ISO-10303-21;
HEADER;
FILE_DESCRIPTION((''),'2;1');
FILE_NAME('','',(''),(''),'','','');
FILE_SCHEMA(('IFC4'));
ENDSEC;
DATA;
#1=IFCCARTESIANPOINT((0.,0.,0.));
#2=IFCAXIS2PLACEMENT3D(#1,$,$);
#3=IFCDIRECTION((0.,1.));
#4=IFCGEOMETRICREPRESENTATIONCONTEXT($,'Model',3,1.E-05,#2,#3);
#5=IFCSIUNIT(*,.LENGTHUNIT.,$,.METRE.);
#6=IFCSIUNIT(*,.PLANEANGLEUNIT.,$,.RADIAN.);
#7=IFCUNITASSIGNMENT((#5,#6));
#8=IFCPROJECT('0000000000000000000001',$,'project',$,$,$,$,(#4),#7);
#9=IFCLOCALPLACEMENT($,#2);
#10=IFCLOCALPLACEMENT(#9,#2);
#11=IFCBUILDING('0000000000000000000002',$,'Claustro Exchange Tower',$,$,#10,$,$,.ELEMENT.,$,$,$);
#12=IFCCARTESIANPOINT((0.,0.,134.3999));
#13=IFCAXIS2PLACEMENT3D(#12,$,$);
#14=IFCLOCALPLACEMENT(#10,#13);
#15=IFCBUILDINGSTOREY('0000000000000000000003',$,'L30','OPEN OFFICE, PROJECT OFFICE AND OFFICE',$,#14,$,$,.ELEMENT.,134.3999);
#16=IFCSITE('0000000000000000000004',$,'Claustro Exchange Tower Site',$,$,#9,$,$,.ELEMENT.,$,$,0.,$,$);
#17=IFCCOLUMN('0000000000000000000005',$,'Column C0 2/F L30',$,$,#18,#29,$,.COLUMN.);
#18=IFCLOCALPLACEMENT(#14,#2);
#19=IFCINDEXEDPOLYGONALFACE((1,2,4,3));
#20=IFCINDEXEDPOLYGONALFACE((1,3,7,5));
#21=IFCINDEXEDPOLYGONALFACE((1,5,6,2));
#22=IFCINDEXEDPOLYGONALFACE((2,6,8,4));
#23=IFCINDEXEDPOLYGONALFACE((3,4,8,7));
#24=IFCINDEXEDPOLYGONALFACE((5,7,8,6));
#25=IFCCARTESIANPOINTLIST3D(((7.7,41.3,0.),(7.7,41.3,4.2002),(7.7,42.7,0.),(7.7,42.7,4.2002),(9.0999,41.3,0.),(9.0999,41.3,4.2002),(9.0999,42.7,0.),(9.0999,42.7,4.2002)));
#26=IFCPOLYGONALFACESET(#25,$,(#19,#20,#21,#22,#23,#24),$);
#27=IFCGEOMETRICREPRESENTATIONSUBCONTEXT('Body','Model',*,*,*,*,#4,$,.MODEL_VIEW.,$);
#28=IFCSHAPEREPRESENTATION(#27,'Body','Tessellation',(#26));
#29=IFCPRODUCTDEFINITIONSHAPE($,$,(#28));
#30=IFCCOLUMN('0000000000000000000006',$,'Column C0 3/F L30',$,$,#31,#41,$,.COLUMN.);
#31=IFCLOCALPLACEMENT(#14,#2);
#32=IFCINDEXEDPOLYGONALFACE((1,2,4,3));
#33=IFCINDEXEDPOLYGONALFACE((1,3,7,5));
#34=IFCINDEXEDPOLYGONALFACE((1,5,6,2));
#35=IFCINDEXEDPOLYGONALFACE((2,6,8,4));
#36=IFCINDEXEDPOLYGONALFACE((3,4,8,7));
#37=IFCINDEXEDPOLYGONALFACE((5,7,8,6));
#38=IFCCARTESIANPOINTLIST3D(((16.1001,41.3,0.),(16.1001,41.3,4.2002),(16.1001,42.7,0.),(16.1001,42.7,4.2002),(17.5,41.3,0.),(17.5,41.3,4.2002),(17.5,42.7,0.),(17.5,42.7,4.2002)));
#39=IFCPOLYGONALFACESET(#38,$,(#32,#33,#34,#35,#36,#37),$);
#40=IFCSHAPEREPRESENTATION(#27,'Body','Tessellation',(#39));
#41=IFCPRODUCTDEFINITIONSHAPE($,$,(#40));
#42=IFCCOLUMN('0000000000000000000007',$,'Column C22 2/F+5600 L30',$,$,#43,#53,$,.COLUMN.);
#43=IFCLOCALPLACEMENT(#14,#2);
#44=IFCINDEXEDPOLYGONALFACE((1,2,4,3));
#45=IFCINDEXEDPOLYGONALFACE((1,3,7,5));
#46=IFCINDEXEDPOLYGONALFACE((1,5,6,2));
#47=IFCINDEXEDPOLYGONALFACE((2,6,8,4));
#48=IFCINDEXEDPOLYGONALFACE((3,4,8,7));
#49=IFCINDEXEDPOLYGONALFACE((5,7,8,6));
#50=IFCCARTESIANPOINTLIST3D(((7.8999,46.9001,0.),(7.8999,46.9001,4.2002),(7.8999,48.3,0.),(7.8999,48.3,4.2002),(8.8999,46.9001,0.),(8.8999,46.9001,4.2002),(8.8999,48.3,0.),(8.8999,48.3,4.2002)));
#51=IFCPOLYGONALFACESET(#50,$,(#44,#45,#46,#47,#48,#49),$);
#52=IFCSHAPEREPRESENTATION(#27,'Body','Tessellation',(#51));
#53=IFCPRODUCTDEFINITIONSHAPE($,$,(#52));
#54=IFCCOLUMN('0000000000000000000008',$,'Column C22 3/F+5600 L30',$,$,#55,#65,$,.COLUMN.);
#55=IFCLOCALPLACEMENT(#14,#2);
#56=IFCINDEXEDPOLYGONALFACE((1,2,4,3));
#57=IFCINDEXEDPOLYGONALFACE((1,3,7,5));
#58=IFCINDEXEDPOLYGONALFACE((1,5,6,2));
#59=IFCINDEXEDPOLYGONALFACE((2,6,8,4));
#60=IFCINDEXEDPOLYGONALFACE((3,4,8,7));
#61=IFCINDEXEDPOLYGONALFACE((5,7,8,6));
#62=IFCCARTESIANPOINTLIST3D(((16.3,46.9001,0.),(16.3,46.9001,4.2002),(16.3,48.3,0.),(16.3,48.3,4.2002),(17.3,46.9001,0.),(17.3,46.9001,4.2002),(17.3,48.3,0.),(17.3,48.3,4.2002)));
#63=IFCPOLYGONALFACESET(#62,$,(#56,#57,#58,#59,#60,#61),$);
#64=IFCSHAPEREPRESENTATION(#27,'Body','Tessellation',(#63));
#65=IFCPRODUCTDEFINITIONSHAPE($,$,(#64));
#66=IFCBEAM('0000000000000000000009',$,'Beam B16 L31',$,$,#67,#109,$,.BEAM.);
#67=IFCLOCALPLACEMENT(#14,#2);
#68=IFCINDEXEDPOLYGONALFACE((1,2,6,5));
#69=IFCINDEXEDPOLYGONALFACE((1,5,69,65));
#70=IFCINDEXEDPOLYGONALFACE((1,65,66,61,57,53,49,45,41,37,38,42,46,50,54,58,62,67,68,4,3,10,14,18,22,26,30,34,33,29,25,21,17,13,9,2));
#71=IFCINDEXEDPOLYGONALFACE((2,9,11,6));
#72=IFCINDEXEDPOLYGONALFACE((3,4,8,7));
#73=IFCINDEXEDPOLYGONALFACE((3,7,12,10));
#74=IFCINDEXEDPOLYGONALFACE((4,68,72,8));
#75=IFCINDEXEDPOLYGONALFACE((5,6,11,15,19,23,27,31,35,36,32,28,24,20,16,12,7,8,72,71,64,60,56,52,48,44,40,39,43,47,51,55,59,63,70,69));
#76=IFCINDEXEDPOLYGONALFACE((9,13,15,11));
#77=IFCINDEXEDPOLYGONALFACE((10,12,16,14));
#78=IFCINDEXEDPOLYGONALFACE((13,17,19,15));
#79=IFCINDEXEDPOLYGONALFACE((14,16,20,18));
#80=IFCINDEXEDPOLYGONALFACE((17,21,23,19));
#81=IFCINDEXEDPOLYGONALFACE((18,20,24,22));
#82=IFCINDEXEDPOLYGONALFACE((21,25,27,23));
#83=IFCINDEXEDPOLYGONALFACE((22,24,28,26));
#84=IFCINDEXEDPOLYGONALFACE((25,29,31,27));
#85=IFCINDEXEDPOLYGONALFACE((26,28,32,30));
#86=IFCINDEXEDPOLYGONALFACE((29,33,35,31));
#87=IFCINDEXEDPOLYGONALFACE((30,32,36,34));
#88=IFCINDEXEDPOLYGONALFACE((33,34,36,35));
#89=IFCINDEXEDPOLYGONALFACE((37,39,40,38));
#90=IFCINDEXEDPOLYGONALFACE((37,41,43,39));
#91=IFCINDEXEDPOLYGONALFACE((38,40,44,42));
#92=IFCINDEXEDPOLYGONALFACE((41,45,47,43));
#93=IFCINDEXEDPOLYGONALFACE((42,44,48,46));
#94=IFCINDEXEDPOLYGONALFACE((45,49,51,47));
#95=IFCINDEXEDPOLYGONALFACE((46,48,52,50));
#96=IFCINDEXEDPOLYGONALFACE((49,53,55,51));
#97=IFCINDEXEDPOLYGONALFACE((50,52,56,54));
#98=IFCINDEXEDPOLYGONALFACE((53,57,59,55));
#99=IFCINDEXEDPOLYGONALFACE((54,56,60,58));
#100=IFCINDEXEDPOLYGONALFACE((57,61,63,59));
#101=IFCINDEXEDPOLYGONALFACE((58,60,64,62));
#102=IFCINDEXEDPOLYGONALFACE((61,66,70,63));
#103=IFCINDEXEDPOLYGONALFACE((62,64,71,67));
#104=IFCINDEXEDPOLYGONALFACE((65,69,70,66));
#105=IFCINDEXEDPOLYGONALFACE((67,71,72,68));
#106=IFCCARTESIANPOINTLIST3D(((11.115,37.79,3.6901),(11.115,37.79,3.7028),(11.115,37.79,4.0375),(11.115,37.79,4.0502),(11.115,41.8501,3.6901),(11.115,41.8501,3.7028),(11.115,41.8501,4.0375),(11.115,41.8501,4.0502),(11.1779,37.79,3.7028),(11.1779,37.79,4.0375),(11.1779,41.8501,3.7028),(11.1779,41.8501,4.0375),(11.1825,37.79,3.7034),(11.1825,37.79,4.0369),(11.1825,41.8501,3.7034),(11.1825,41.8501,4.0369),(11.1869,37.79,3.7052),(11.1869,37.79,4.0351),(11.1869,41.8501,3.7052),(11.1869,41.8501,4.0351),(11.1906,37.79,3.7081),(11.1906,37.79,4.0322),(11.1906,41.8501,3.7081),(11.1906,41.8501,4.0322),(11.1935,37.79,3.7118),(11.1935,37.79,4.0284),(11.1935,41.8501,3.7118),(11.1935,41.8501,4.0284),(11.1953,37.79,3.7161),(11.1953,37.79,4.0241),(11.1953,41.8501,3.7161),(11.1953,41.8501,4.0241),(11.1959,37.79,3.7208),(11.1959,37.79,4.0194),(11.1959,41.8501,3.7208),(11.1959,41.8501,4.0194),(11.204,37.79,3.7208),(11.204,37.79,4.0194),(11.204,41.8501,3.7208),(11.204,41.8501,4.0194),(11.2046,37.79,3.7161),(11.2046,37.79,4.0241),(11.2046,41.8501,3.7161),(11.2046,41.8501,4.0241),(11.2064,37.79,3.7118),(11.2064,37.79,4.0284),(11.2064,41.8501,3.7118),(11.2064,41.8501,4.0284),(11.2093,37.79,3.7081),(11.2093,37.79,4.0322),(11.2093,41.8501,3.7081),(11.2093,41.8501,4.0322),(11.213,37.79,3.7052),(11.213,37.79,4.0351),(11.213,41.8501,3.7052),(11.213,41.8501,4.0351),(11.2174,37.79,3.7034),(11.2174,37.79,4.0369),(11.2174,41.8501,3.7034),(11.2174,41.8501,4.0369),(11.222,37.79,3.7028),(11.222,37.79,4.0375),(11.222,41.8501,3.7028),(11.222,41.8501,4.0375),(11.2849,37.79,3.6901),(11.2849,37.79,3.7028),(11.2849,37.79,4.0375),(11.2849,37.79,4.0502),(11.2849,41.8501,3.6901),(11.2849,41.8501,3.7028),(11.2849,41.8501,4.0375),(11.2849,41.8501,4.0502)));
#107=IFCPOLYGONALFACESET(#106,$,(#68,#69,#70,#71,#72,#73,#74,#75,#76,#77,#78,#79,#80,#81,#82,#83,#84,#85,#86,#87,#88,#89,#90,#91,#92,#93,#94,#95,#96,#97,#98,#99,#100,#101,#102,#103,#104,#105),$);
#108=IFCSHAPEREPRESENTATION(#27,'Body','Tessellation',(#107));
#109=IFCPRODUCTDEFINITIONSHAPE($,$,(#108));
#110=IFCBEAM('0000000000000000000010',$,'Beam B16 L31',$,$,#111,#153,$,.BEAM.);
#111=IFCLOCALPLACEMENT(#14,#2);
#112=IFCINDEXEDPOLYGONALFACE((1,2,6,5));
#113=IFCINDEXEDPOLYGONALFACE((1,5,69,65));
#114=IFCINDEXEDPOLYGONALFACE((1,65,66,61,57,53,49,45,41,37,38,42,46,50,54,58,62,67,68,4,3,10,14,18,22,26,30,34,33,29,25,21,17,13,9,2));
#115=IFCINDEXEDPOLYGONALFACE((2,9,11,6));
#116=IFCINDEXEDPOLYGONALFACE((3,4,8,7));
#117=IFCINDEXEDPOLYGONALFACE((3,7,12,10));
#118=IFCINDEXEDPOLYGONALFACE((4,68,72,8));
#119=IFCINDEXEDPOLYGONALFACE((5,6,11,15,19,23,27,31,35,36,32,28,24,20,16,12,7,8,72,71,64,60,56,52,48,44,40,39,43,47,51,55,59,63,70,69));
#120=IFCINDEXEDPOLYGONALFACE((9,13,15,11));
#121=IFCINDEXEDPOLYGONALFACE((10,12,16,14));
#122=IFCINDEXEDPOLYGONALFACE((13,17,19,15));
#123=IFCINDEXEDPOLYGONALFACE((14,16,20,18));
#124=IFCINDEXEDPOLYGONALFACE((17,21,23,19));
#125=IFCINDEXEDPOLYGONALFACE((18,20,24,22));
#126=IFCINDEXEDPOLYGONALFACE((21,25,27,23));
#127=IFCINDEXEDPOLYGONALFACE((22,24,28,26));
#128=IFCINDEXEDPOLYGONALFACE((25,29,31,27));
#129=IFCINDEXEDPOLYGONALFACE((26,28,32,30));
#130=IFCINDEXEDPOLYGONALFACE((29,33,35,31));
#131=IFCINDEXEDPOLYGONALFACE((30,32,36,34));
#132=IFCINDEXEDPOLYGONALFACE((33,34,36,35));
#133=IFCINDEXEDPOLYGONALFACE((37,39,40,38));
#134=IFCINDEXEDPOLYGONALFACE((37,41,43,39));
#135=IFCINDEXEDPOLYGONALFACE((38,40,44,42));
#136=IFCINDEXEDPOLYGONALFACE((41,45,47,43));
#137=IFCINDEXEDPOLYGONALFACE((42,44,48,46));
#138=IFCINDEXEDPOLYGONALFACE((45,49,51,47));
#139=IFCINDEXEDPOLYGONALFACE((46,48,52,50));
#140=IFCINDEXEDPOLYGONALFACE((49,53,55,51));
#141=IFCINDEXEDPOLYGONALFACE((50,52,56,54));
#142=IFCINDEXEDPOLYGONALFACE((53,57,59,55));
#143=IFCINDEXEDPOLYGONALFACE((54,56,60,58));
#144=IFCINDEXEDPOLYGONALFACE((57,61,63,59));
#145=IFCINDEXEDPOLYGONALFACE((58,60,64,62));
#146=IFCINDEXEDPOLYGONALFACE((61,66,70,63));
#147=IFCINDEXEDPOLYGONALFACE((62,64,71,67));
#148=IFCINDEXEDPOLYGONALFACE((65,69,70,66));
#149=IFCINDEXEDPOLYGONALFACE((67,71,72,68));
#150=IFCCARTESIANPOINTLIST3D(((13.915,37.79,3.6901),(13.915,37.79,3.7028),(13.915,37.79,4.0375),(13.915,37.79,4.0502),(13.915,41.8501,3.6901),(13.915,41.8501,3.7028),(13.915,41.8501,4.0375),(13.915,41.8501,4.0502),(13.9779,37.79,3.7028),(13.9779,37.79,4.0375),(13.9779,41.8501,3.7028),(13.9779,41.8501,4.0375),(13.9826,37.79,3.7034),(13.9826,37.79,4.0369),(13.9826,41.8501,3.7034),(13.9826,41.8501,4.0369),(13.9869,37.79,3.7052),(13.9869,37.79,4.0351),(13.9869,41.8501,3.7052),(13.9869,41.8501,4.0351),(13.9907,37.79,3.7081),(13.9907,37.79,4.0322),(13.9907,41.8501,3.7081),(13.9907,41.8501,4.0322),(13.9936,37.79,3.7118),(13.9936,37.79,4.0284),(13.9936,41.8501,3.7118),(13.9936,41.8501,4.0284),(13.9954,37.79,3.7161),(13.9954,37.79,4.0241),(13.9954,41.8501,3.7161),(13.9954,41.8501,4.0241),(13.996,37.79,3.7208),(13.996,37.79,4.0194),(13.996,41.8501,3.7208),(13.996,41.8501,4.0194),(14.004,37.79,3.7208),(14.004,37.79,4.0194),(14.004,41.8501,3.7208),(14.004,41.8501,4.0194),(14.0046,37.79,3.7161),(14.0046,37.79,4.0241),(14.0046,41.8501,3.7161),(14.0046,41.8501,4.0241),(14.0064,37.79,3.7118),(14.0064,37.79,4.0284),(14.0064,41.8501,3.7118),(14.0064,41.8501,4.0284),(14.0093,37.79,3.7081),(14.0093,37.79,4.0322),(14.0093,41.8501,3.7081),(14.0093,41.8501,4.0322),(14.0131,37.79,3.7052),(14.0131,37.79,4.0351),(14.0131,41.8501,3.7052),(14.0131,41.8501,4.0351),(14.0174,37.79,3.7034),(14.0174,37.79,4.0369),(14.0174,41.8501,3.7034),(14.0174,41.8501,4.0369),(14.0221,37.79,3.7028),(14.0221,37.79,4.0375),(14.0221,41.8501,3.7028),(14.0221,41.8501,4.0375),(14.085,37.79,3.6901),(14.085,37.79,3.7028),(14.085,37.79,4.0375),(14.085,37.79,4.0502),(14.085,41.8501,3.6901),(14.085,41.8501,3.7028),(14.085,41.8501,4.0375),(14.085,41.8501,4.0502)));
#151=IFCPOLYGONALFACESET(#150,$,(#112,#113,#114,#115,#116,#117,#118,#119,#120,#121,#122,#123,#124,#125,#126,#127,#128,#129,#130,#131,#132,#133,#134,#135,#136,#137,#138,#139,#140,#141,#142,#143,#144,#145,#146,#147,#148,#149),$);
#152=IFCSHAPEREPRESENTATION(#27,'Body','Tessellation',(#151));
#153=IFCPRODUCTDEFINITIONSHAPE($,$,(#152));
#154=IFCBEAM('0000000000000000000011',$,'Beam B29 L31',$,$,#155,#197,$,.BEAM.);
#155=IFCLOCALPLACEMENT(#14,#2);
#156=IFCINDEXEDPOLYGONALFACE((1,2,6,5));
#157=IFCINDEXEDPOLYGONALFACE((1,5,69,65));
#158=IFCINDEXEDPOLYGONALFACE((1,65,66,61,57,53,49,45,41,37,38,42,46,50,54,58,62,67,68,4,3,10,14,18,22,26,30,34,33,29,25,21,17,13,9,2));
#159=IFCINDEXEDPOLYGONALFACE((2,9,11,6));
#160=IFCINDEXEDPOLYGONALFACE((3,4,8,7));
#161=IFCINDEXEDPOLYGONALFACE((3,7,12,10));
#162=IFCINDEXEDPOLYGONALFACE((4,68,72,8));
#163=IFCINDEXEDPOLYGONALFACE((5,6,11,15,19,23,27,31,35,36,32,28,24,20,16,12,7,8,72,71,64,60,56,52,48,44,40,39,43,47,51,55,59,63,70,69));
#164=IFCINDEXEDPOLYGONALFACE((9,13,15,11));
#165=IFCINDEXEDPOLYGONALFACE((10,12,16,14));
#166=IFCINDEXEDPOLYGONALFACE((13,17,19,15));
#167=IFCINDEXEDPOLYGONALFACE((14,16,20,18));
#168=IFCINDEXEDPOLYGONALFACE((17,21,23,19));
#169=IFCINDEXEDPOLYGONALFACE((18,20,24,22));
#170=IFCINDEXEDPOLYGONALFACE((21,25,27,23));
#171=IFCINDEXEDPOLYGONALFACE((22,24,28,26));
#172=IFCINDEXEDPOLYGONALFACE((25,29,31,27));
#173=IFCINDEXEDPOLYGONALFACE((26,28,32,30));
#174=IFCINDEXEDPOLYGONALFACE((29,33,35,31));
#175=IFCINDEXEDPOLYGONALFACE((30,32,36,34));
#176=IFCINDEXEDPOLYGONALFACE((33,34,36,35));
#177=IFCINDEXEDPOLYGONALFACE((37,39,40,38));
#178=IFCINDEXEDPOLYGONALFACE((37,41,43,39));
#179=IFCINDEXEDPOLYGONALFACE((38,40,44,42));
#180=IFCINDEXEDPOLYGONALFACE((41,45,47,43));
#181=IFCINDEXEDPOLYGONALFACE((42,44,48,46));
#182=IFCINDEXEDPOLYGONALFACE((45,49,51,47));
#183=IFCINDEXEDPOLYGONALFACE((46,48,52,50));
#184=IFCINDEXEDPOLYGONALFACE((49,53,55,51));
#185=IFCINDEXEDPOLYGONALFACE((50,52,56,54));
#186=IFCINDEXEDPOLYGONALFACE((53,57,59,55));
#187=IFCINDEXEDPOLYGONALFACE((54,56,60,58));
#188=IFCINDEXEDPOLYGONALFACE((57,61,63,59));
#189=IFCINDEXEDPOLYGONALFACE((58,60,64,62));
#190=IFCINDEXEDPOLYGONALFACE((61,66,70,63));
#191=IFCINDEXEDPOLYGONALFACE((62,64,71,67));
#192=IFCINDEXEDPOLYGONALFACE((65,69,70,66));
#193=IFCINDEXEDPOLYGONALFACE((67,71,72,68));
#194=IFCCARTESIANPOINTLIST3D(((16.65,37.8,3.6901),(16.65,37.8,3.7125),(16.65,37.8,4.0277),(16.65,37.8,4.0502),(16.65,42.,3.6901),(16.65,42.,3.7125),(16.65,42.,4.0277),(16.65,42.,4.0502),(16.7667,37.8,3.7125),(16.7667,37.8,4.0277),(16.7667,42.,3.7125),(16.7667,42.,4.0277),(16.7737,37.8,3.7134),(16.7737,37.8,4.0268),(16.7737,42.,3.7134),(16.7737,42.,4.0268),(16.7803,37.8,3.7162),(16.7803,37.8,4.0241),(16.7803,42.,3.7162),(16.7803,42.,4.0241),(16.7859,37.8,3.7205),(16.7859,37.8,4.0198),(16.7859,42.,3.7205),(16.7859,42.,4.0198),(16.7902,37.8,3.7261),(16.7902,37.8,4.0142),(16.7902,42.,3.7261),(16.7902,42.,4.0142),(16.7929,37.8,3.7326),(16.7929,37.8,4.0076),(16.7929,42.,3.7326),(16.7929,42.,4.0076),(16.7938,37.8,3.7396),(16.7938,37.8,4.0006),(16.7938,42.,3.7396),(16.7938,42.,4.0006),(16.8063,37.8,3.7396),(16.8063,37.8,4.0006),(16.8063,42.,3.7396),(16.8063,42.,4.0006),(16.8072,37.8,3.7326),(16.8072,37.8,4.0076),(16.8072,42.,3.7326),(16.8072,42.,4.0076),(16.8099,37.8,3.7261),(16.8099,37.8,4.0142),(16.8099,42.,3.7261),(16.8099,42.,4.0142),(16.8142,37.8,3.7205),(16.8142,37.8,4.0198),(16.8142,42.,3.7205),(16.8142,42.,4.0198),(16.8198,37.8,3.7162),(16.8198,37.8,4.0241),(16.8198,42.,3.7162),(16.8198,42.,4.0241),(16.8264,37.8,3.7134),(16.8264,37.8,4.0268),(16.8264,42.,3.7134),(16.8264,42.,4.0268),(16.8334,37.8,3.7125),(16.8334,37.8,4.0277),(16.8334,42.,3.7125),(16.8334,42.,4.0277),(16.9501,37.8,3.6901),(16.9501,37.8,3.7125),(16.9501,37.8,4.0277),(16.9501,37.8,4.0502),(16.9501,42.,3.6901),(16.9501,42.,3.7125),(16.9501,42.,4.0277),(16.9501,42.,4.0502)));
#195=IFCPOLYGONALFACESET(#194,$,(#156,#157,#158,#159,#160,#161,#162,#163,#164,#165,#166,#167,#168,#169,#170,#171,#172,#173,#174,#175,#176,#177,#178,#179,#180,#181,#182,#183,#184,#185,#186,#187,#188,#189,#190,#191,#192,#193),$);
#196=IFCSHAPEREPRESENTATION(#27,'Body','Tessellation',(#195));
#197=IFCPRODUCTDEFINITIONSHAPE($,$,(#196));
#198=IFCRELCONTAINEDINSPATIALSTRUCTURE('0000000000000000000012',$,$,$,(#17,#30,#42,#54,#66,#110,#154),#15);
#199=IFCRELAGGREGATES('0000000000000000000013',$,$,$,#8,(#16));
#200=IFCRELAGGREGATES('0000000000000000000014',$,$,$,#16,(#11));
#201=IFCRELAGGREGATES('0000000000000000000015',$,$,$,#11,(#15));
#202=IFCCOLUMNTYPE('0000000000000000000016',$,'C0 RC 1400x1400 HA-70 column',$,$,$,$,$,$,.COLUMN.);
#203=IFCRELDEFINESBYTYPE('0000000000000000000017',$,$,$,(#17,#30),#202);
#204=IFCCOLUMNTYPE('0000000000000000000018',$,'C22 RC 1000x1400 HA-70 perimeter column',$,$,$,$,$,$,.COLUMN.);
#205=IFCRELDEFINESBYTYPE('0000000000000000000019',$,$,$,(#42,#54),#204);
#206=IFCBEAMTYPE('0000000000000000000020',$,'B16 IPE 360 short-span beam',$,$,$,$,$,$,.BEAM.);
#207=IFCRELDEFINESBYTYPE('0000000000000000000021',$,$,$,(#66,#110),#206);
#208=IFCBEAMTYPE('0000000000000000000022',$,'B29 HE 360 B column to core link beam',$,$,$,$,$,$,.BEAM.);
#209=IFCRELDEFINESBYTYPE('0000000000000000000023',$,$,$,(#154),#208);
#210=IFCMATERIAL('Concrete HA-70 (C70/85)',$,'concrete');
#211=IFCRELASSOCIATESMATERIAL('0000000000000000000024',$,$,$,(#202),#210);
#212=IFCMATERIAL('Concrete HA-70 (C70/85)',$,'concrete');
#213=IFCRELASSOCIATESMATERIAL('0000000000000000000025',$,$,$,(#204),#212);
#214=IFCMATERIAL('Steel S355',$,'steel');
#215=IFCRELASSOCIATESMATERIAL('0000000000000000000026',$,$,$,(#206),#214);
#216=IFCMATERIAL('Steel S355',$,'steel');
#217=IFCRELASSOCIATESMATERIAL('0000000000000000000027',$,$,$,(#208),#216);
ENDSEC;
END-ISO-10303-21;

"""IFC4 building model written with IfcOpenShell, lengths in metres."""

from ifc_helpers import new_model, si_unit, direction, frame, origin, origin_2d, place, context, subcontext, project, spatial, rectangle, i_section, extrude, material, material_profile, profile_set, type_object, element, save


model = new_model("IFC4")

# Units and contexts
model_context = context("Model", 3, precision=1e-05, world=origin(), true_north=direction((0.0, 1.0)))
body_context = subcontext(model_context, "Body", "Model", "MODEL_VIEW")
ifc_project = project(units=[si_unit("LENGTHUNIT", "METRE"), si_unit("PLANEANGLEUNIT", "RADIAN")], contexts=[model_context])

# Site, building, storey
site_placement = place(None, origin())
site = spatial("IfcSite", under=ifc_project, at=site_placement, Name="Claustro Exchange Tower Site", CompositionType="ELEMENT", RefElevation=0.0)
building_placement = place(site_placement, origin())
building = spatial("IfcBuilding", under=site, at=building_placement, Name="Claustro Exchange Tower", CompositionType="ELEMENT")
storey_placement = place(building_placement, frame((0.0, 0.0, 134.3999)))
storey = spatial("IfcBuildingStorey", under=building, at=storey_placement, Name="L30", Description="OPEN OFFICE, PROJECT OFFICE AND OFFICE", CompositionType="ELEMENT", Elevation=134.3999)

# Columns
ifc_material_1 = material(Name="Concrete HA-70 (C70/85)", Category="concrete")
ifc_material_profile_1 = material_profile(ifc_material_1, rectangle(XDim=1.3999, YDim=1.3999, at=origin_2d()), Name="RC 1400x1400")
ifc_profile_set_1 = profile_set([ifc_material_profile_1], Name="Concrete HA-70 (C70/85)")
column_type_1 = type_object("IfcColumnType", Name="C0 RC 1400x1400 HA-70 column", PredefinedType="COLUMN", material=ifc_profile_set_1)
for number, where, z_axis, x_axis, name in (
    (1, (8.3999, 42.0, 0.0), (0.0, 0.0, 1.0), (1.0, 0.0, 0.0), "Column C0 2/F L30"),
    (2, (16.8, 42.0, 0.0), (0.0, 0.0, 1.0), (1.0, 0.0, 0.0), "Column C0 3/F L30"),
):
    element("IfcColumn", number, at=place(storey_placement, frame(where, z_axis=z_axis, x_axis=x_axis)), inside=storey, type_object=column_type_1, Name=name, PredefinedType="COLUMN", context=body_context, shape_type="SweptSolid", body=[
        extrude(rectangle(XDim=1.3999, YDim=1.3999, at=origin_2d()), origin(), (0.0, 0.0, 1.0), 4.2002),
    ])
ifc_material_2 = material(Name="Concrete HA-70 (C70/85)", Category="concrete")
ifc_material_profile_2 = material_profile(ifc_material_2, rectangle(XDim=1.0, YDim=1.3999, at=origin_2d()), Name="RC 1000x1400")
ifc_profile_set_2 = profile_set([ifc_material_profile_2], Name="Concrete HA-70 (C70/85)")
column_type_2 = type_object("IfcColumnType", Name="C22 RC 1000x1400 HA-70 perimeter column", PredefinedType="COLUMN", material=ifc_profile_set_2)
for number, where, z_axis, x_axis, name in (
    (3, (8.3999, 47.6001, 0.0), (0.0, 0.0, 1.0), (1.0, 0.0, 0.0), "Column C22 2/F+5600 L30"),
    (4, (16.8, 47.6001, 0.0), (0.0, 0.0, 1.0), (1.0, 0.0, 0.0), "Column C22 3/F+5600 L30"),
):
    element("IfcColumn", number, at=place(storey_placement, frame(where, z_axis=z_axis, x_axis=x_axis)), inside=storey, type_object=column_type_2, Name=name, PredefinedType="COLUMN", context=body_context, shape_type="SweptSolid", body=[
        extrude(rectangle(XDim=1.0, YDim=1.3999, at=origin_2d()), origin(), (0.0, 0.0, 1.0), 4.2002),
    ])

# Beams
ifc_material_3 = material(Name="Steel S355", Category="steel")
ifc_material_profile_3 = material_profile(ifc_material_3, i_section(OverallWidth=0.1699, OverallDepth=0.3601, WebThickness=0.0081, FlangeThickness=0.0127, FilletRadius=0.0181, at=origin_2d()), Name="IPE 360")
ifc_profile_set_3 = profile_set([ifc_material_profile_3], Name="Steel S355")
beam_type_1 = type_object("IfcBeamType", Name="B16 IPE 360 short-span beam", PredefinedType="BEAM", material=ifc_profile_set_3)
for number, where, z_axis, x_axis, name in (
    (5, (11.2, 37.79, 3.8701), (0.0, 1.0, 0.0), (-1.0, 0.0, 0.0), "Beam B16 L31"),
    (6, (14.0, 37.79, 3.8701), (0.0, 1.0, 0.0), (-1.0, 0.0, 0.0), "Beam B16 L31"),
):
    element("IfcBeam", number, at=place(storey_placement, frame(where, z_axis=z_axis, x_axis=x_axis)), inside=storey, type_object=beam_type_1, Name=name, PredefinedType="BEAM", context=body_context, shape_type="SweptSolid", body=[
        extrude(i_section(OverallWidth=0.1699, OverallDepth=0.3601, WebThickness=0.0081, FlangeThickness=0.0127, FilletRadius=0.0181, at=origin_2d()), origin(), (0.0, 0.0, 1.0), 4.0601),
    ])
ifc_material_4 = material(Name="Steel S355", Category="steel")
ifc_material_profile_4 = material_profile(ifc_material_4, i_section(OverallWidth=0.3, OverallDepth=0.3601, WebThickness=0.0125, FlangeThickness=0.0225, FilletRadius=0.0271, at=origin_2d()), Name="HE 360 B")
ifc_profile_set_4 = profile_set([ifc_material_profile_4], Name="Steel S355")
beam_type_2 = type_object("IfcBeamType", Name="B29 HE 360 B column to core link beam", PredefinedType="BEAM", material=ifc_profile_set_4)
beam_1_placement = place(storey_placement, frame((16.8, 37.8, 3.8701), z_axis=(0.0, 1.0, 0.0), x_axis=(-1.0, 0.0, 0.0)))
element("IfcBeam", 7, at=beam_1_placement, inside=storey, type_object=beam_type_2, Name="Beam B29 L31", PredefinedType="BEAM", context=body_context, shape_type="SweptSolid", body=[
    extrude(i_section(OverallWidth=0.3, OverallDepth=0.3601, WebThickness=0.0125, FlangeThickness=0.0225, FilletRadius=0.0271, at=origin_2d()), origin(), (0.0, 0.0, 1.0), 4.2),
])

save(model, "model.ifc")
